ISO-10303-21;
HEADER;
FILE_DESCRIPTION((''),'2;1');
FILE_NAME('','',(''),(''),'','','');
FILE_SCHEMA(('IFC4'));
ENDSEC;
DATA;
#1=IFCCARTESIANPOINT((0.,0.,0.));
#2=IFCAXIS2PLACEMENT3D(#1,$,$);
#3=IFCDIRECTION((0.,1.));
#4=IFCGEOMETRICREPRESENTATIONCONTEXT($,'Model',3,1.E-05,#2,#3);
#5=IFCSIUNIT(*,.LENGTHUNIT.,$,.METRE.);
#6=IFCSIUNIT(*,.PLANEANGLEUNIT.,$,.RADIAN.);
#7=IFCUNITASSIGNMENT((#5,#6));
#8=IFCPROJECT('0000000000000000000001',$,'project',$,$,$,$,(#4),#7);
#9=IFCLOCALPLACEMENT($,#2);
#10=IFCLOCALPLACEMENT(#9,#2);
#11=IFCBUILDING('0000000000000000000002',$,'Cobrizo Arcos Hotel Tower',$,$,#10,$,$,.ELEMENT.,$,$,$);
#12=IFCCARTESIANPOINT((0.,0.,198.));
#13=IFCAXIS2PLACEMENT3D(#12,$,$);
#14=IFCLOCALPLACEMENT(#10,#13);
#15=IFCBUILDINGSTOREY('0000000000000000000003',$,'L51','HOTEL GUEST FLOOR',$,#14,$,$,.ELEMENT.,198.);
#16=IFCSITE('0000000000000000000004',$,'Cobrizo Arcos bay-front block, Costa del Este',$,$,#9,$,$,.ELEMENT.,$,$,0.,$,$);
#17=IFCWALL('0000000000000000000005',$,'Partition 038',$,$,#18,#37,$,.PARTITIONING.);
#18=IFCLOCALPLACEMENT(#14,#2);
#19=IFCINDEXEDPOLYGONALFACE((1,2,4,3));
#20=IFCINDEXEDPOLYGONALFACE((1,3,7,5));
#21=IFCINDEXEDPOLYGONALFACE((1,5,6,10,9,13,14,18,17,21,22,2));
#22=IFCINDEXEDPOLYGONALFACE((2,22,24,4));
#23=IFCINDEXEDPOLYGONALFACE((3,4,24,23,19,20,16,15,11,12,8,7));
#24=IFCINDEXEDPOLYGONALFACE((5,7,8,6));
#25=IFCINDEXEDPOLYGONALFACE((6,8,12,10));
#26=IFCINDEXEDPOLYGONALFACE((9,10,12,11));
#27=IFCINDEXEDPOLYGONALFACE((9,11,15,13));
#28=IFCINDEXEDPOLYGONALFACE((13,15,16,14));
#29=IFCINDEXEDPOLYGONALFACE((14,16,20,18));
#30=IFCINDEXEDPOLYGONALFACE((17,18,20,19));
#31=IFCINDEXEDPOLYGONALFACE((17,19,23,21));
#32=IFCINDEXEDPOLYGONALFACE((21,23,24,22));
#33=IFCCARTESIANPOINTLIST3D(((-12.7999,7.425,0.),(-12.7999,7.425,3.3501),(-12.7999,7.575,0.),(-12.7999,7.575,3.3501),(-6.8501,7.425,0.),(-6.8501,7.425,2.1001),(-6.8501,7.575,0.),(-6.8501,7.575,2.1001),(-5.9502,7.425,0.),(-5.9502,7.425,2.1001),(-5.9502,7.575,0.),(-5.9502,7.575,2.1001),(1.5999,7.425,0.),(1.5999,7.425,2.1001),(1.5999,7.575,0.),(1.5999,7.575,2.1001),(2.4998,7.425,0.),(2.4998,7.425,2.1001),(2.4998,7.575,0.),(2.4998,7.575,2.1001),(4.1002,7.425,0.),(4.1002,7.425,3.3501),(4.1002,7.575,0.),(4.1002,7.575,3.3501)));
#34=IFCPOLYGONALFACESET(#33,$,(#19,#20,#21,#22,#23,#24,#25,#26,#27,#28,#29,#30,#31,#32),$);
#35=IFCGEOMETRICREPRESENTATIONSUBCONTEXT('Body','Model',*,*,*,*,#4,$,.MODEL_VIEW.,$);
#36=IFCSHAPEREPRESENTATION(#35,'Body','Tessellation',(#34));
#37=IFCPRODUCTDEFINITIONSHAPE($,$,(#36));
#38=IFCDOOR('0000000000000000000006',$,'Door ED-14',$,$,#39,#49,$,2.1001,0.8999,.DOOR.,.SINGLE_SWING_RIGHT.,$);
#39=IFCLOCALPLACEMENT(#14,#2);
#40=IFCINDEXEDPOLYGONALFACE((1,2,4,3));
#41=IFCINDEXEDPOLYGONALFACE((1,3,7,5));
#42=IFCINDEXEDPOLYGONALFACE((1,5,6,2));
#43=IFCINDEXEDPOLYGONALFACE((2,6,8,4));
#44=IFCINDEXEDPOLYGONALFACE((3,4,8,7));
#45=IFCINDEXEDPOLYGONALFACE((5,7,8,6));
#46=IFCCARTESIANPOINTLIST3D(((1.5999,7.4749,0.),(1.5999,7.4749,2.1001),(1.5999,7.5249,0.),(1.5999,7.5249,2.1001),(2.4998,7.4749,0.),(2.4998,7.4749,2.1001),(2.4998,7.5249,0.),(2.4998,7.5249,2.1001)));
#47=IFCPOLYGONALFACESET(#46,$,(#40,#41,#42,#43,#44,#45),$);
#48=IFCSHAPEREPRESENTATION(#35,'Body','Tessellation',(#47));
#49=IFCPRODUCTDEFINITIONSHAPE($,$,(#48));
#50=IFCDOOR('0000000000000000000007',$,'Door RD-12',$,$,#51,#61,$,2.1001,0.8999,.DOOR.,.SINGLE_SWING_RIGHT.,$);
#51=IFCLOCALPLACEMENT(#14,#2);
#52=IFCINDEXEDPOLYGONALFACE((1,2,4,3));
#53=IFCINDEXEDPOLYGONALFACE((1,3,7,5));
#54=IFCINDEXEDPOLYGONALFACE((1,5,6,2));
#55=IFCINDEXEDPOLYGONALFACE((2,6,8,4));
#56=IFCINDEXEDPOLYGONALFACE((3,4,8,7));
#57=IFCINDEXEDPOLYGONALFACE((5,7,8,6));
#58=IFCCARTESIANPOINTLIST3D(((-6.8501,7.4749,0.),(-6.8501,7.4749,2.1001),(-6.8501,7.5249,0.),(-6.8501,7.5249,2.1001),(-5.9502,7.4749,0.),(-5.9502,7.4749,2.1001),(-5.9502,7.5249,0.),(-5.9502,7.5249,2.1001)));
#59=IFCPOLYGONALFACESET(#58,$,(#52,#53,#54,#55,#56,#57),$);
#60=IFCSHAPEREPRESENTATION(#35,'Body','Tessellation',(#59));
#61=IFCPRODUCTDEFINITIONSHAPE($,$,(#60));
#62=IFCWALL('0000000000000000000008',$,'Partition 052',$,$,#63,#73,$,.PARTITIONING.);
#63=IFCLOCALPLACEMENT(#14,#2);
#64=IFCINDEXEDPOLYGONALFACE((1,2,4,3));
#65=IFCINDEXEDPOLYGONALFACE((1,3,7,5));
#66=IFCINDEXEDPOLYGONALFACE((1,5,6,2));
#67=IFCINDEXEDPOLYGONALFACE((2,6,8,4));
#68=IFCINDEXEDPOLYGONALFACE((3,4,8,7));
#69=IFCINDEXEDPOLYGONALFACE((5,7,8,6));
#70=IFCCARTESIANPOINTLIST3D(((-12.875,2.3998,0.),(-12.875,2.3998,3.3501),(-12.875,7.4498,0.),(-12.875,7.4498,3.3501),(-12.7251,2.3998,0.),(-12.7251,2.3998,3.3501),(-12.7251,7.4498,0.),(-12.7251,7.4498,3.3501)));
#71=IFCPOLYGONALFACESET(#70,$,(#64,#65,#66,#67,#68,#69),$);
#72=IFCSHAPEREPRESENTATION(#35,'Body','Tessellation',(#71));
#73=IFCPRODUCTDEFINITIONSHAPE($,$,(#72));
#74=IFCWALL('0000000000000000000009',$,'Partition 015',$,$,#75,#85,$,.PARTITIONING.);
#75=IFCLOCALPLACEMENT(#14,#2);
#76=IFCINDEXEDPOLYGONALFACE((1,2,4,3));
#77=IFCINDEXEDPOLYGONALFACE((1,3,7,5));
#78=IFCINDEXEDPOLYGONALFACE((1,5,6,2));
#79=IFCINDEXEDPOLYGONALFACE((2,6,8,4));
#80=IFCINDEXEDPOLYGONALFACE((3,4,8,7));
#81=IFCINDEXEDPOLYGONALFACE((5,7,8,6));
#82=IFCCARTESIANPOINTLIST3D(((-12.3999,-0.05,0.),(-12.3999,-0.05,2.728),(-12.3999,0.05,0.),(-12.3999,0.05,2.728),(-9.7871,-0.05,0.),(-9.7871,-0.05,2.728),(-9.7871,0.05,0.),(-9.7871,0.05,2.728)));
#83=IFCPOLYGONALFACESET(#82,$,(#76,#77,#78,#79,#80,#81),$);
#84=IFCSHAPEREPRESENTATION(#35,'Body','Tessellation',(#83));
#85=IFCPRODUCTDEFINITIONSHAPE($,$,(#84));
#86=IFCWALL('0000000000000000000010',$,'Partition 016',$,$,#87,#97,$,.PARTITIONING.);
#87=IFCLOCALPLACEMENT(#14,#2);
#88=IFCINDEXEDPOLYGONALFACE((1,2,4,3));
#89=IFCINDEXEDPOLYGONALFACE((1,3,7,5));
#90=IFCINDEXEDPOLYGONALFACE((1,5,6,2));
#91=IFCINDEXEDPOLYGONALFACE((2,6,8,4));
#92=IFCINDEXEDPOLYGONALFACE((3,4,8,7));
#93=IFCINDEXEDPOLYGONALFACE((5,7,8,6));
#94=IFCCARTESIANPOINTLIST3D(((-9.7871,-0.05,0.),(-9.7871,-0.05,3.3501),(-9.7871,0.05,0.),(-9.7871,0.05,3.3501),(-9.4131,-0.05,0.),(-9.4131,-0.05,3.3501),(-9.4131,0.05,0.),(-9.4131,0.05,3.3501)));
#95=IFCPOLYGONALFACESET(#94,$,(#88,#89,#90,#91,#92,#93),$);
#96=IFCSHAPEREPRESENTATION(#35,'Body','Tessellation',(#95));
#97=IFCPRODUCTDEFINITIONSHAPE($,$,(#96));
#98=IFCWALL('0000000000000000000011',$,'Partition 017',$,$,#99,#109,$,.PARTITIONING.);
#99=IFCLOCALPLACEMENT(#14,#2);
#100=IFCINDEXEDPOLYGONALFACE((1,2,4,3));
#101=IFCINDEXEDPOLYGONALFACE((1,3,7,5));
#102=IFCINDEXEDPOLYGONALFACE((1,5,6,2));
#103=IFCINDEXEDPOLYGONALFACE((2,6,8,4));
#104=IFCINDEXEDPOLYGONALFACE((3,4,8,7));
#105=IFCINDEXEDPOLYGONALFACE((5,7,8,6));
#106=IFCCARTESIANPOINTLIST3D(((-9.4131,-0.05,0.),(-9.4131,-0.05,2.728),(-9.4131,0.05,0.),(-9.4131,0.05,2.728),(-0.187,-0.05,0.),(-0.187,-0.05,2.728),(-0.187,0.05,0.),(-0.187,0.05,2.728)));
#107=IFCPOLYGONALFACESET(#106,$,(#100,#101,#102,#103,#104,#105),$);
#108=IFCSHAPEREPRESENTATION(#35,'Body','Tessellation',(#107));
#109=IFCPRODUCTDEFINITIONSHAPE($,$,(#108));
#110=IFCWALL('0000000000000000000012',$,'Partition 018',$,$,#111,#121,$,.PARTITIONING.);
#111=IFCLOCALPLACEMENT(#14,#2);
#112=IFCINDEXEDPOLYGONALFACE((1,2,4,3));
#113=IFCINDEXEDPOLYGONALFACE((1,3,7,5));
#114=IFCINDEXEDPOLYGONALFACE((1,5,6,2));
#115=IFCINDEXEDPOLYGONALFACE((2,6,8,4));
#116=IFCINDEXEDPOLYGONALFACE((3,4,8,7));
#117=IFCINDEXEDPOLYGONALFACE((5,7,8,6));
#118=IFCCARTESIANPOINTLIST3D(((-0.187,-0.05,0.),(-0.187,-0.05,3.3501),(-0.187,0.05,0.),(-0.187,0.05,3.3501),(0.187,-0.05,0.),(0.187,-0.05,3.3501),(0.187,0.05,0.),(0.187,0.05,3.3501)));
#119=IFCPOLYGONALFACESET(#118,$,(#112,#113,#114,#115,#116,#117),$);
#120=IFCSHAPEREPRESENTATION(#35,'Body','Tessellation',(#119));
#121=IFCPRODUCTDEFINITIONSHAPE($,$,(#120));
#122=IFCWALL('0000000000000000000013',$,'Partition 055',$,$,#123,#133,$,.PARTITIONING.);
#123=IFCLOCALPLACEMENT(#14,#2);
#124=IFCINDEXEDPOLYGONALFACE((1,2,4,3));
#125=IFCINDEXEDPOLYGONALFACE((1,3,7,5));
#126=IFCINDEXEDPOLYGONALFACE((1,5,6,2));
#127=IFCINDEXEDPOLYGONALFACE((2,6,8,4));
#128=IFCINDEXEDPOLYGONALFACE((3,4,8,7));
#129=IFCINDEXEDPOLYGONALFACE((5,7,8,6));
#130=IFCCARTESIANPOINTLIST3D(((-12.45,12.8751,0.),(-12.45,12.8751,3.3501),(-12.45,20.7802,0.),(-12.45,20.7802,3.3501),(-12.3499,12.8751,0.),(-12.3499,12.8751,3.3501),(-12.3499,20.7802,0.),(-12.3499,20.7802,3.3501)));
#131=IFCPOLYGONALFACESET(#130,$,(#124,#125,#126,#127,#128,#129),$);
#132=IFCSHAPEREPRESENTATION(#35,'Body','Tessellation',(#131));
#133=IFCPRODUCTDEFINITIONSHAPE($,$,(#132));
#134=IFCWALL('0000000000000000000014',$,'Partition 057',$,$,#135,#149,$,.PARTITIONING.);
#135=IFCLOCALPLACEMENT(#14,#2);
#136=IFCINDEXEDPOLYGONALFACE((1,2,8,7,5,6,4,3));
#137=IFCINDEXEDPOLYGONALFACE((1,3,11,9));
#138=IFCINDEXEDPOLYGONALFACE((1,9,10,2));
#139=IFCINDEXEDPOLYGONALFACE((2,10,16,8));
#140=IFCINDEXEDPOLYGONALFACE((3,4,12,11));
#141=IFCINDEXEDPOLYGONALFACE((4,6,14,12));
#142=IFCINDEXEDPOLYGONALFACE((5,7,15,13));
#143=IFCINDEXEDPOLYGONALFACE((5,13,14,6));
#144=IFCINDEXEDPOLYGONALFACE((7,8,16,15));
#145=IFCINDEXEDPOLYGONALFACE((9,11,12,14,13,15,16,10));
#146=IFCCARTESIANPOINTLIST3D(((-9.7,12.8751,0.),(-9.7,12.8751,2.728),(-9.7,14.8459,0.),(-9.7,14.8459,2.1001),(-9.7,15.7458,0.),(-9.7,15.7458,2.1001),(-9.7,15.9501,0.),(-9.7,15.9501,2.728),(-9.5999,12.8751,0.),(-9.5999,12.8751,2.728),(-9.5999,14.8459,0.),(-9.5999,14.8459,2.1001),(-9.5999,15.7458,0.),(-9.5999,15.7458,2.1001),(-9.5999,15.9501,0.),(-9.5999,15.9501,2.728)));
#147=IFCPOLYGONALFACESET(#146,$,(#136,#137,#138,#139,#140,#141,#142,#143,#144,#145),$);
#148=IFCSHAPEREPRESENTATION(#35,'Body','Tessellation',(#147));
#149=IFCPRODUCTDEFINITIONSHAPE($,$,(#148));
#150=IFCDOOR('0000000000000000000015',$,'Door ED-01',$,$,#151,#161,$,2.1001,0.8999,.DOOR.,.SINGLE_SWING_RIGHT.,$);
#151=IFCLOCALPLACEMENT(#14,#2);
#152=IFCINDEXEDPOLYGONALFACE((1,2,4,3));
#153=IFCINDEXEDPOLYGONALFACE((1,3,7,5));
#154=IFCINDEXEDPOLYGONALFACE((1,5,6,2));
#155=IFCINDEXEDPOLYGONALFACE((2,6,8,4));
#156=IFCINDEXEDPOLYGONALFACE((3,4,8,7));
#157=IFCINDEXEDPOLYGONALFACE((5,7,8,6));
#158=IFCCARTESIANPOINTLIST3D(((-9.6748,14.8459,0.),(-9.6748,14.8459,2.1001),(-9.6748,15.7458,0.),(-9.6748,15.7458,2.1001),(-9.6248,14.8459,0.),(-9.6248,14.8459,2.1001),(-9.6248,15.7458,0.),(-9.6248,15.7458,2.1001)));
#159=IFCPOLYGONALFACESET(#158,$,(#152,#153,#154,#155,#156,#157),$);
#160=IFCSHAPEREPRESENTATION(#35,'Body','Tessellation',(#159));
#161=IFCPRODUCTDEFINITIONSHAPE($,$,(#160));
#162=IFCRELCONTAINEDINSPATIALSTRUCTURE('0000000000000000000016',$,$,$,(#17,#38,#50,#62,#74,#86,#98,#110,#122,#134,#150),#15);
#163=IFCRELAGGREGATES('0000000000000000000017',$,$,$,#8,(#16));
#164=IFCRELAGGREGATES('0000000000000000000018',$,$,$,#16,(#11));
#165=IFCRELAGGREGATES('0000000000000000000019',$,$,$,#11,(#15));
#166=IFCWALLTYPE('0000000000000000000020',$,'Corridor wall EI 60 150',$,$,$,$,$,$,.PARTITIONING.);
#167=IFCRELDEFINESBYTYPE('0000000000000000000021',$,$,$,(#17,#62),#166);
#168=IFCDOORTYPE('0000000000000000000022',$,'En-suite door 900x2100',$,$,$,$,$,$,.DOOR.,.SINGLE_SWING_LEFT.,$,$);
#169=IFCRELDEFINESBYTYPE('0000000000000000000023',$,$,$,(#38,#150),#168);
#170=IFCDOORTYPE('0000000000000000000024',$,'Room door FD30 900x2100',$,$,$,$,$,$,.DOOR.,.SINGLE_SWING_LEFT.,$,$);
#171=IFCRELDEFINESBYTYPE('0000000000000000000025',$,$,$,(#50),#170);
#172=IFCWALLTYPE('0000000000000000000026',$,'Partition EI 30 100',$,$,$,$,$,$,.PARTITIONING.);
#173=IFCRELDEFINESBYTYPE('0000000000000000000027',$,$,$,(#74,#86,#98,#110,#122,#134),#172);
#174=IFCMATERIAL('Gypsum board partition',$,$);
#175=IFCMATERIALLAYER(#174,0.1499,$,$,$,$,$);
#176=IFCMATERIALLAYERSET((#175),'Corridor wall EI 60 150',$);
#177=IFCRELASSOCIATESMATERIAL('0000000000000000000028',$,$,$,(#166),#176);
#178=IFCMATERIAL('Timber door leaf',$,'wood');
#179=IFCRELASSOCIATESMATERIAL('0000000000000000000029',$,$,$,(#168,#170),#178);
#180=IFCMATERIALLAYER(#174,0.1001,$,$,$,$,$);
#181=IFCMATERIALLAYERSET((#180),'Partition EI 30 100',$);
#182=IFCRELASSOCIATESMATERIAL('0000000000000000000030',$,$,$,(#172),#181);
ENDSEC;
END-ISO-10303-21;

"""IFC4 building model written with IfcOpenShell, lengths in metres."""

from ifc_helpers import new_model, si_unit, direction, frame, frame_2d, origin, place, context, subcontext, project, spatial, rectangle, extrude, material, layer, layer_set, type_object, element, fill, save


model = new_model("IFC4")

# Units and contexts
model_context = context("Model", 3, precision=1e-05, world=origin(), true_north=direction((0.0, 1.0)))
body_context = subcontext(model_context, "Body", "Model", "MODEL_VIEW")
ifc_project = project(units=[si_unit("LENGTHUNIT", "METRE"), si_unit("PLANEANGLEUNIT", "RADIAN")], contexts=[model_context])

# Site, building, storey
site_placement = place(None, origin())
site = spatial("IfcSite", under=ifc_project, at=site_placement, Name="Cobrizo Arcos bay-front block, Costa del Este", CompositionType="ELEMENT", RefElevation=0.0)
building_placement = place(site_placement, origin())
building = spatial("IfcBuilding", under=site, at=building_placement, Name="Cobrizo Arcos Hotel Tower", CompositionType="ELEMENT")
storey_placement = place(building_placement, frame((0.0, 0.0, 198.0)))
storey = spatial("IfcBuildingStorey", under=building, at=storey_placement, Name="L51", Description="HOTEL GUEST FLOOR", CompositionType="ELEMENT", Elevation=198.0)

# Wall, openings, doors
ifc_material_1 = material(Name="Gypsum board partition")
ifc_layer_1 = layer(ifc_material_1, 0.1499)
ifc_layer_set_1 = layer_set([ifc_layer_1], Name="Corridor wall EI 60 150")
wall_type_1 = type_object("IfcWallType", Name="Corridor wall EI 60 150", PredefinedType="PARTITIONING", material=ifc_layer_set_1)
wall_1_placement = place(storey_placement, frame((-12.8, 7.5, 0.0), z_axis=(0.0, 0.0, 1.0), x_axis=(1.0, 0.0, 0.0)))
wall_1 = element("IfcWall", 1, at=wall_1_placement, inside=storey, type_object=wall_type_1, Name="Partition 038", PredefinedType="PARTITIONING", context=body_context, shape_type="SweptSolid", body=[
    extrude(rectangle(XDim=16.9001, YDim=0.1499, at=frame_2d((8.4502, 0.0))), origin(), (0.0, 0.0, 1.0), 3.3501),
])
opening_1_placement = place(wall_1_placement, frame((14.3999, 0.0, 0.0)))
opening_1 = element("IfcOpeningElement", 2, at=opening_1_placement, cuts=wall_1, PredefinedType="OPENING", context=body_context, shape_type="SweptSolid", body=[
    extrude(rectangle(XDim=0.8999, YDim=2.1001, at=frame_2d((0.45, 1.05))), frame((0.0, 0.0869, 0.0), z_axis=(0.0, -1.0, 0.0), x_axis=(1.0, 0.0, 0.0)), (0.0, 0.0, 1.0), 0.1738),
])
opening_2_placement = place(wall_1_placement, frame((5.95, 0.0, 0.0)))
opening_2 = element("IfcOpeningElement", 3, at=opening_2_placement, cuts=wall_1, PredefinedType="OPENING", context=body_context, shape_type="SweptSolid", body=[
    extrude(rectangle(XDim=0.8999, YDim=2.1001, at=frame_2d((0.45, 1.05))), frame((0.0, 0.0869, 0.0), z_axis=(0.0, -1.0, 0.0), x_axis=(1.0, 0.0, 0.0)), (0.0, 0.0, 1.0), 0.1738),
])
ifc_material_2 = material(Name="Timber door leaf", Category="wood")
door_type_1 = type_object("IfcDoorType", Name="En-suite door 900x2100", OperationType="SINGLE_SWING_LEFT", PredefinedType="DOOR", material=ifc_material_2)
door_1_placement = place(opening_1_placement, origin())
door_1 = element("IfcDoor", 4, at=door_1_placement, inside=storey, type_object=door_type_1, Name="Door ED-14", OperationType="SINGLE_SWING_RIGHT", OverallHeight=2.1001, OverallWidth=0.8999, PredefinedType="DOOR", context=body_context, shape_type="SweptSolid", body=[
    extrude(rectangle(XDim=0.8999, YDim=2.1001, at=frame_2d((0.45, 1.05))), frame((0.0, 0.0249, 0.0), z_axis=(0.0, -1.0, 0.0), x_axis=(1.0, 0.0, 0.0)), (0.0, 0.0, 1.0), 0.05),
])
fill(opening_1, door_1)
door_type_2 = type_object("IfcDoorType", Name="Room door FD30 900x2100", OperationType="SINGLE_SWING_LEFT", PredefinedType="DOOR", material=ifc_material_2)
door_2_placement = place(opening_2_placement, origin())
door_2 = element("IfcDoor", 5, at=door_2_placement, inside=storey, type_object=door_type_2, Name="Door RD-12", OperationType="SINGLE_SWING_RIGHT", OverallHeight=2.1001, OverallWidth=0.8999, PredefinedType="DOOR", context=body_context, shape_type="SweptSolid", body=[
    extrude(rectangle(XDim=0.8999, YDim=2.1001, at=frame_2d((0.45, 1.05))), frame((0.0, 0.0249, 0.0), z_axis=(0.0, -1.0, 0.0), x_axis=(1.0, 0.0, 0.0)), (0.0, 0.0, 1.0), 0.05),
])
fill(opening_2, door_2)

# Walls
wall_2_placement = place(storey_placement, frame((-12.8, 2.3999, 0.0), z_axis=(0.0, 0.0, 1.0), x_axis=(0.0, 1.0, 0.0)))
element("IfcWall", 6, at=wall_2_placement, inside=storey, type_object=wall_type_1, Name="Partition 052", PredefinedType="PARTITIONING", context=body_context, shape_type="SweptSolid", body=[
    extrude(rectangle(XDim=5.05, YDim=0.1499, at=frame_2d((2.5249, 0.0))), origin(), (0.0, 0.0, 1.0), 3.3501),
])
ifc_layer_2 = layer(ifc_material_1, 0.1001)
ifc_layer_set_2 = layer_set([ifc_layer_2], Name="Partition EI 30 100")
wall_type_2 = type_object("IfcWallType", Name="Partition EI 30 100", PredefinedType="PARTITIONING", material=ifc_layer_set_2)
wall_3_placement = place(storey_placement, frame((-12.3999, 0.0, 0.0), z_axis=(0.0, 0.0, 1.0), x_axis=(1.0, 0.0, 0.0)))
element("IfcWall", 7, at=wall_3_placement, inside=storey, type_object=wall_type_2, Name="Partition 015", PredefinedType="PARTITIONING", context=body_context, shape_type="SweptSolid", body=[
    extrude(rectangle(XDim=2.6128, YDim=0.1001, at=frame_2d((1.3064, 0.0))), origin(), (0.0, 0.0, 1.0), 2.728),
])
wall_4_placement = place(storey_placement, frame((-9.7871, 0.0, 0.0), z_axis=(0.0, 0.0, 1.0), x_axis=(1.0, 0.0, 0.0)))
element("IfcWall", 8, at=wall_4_placement, inside=storey, type_object=wall_type_2, Name="Partition 016", PredefinedType="PARTITIONING", context=body_context, shape_type="SweptSolid", body=[
    extrude(rectangle(XDim=0.374, YDim=0.1001, at=frame_2d((0.187, 0.0))), origin(), (0.0, 0.0, 1.0), 3.3501),
])
wall_5_placement = place(storey_placement, frame((-9.4131, 0.0, 0.0), z_axis=(0.0, 0.0, 1.0), x_axis=(1.0, 0.0, 0.0)))
element("IfcWall", 9, at=wall_5_placement, inside=storey, type_object=wall_type_2, Name="Partition 017", PredefinedType="PARTITIONING", context=body_context, shape_type="SweptSolid", body=[
    extrude(rectangle(XDim=9.2261, YDim=0.1001, at=frame_2d((4.613, 0.0))), origin(), (0.0, 0.0, 1.0), 2.728),
])
wall_6_placement = place(storey_placement, frame((-0.187, 0.0, 0.0), z_axis=(0.0, 0.0, 1.0), x_axis=(1.0, 0.0, 0.0)))
element("IfcWall", 10, at=wall_6_placement, inside=storey, type_object=wall_type_2, Name="Partition 018", PredefinedType="PARTITIONING", context=body_context, shape_type="SweptSolid", body=[
    extrude(rectangle(XDim=0.374, YDim=0.1001, at=frame_2d((0.187, 0.0))), origin(), (0.0, 0.0, 1.0), 3.3501),
])
wall_7_placement = place(storey_placement, frame((-12.3999, 12.875, 0.0), z_axis=(0.0, 0.0, 1.0), x_axis=(0.0, 1.0, 0.0)))
element("IfcWall", 11, at=wall_7_placement, inside=storey, type_object=wall_type_2, Name="Partition 055", PredefinedType="PARTITIONING", context=body_context, shape_type="SweptSolid", body=[
    extrude(rectangle(XDim=7.905, YDim=0.1001, at=frame_2d((3.9526, 0.0))), origin(), (0.0, 0.0, 1.0), 3.3501),
])

# Wall, opening, door
wall_8_placement = place(storey_placement, frame((-9.6499, 12.875, 0.0), z_axis=(0.0, 0.0, 1.0), x_axis=(0.0, 1.0, 0.0)))
wall_8 = element("IfcWall", 12, at=wall_8_placement, inside=storey, type_object=wall_type_2, Name="Partition 057", PredefinedType="PARTITIONING", context=body_context, shape_type="SweptSolid", body=[
    extrude(rectangle(XDim=3.075, YDim=0.1001, at=frame_2d((1.5376, 0.0))), origin(), (0.0, 0.0, 1.0), 2.728),
])
opening_3_placement = place(wall_8_placement, frame((1.9709, 0.0, 0.0)))
opening_3 = element("IfcOpeningElement", 13, at=opening_3_placement, cuts=wall_8, PredefinedType="OPENING", context=body_context, shape_type="SweptSolid", body=[
    extrude(rectangle(XDim=0.8999, YDim=2.1001, at=frame_2d((0.45, 1.05))), frame((0.0, 0.062, 0.0), z_axis=(0.0, -1.0, 0.0), x_axis=(1.0, 0.0, 0.0)), (0.0, 0.0, 1.0), 0.124),
])
door_3_placement = place(opening_3_placement, origin())
door_3 = element("IfcDoor", 14, at=door_3_placement, inside=storey, type_object=door_type_1, Name="Door ED-01", OperationType="SINGLE_SWING_RIGHT", OverallHeight=2.1001, OverallWidth=0.8999, PredefinedType="DOOR", context=body_context, shape_type="SweptSolid", body=[
    extrude(rectangle(XDim=0.8999, YDim=2.1001, at=frame_2d((0.45, 1.05))), frame((0.0, 0.0249, 0.0), z_axis=(0.0, -1.0, 0.0), x_axis=(1.0, 0.0, 0.0)), (0.0, 0.0, 1.0), 0.05),
])
fill(opening_3, door_3)

save(model, "model.ifc")
